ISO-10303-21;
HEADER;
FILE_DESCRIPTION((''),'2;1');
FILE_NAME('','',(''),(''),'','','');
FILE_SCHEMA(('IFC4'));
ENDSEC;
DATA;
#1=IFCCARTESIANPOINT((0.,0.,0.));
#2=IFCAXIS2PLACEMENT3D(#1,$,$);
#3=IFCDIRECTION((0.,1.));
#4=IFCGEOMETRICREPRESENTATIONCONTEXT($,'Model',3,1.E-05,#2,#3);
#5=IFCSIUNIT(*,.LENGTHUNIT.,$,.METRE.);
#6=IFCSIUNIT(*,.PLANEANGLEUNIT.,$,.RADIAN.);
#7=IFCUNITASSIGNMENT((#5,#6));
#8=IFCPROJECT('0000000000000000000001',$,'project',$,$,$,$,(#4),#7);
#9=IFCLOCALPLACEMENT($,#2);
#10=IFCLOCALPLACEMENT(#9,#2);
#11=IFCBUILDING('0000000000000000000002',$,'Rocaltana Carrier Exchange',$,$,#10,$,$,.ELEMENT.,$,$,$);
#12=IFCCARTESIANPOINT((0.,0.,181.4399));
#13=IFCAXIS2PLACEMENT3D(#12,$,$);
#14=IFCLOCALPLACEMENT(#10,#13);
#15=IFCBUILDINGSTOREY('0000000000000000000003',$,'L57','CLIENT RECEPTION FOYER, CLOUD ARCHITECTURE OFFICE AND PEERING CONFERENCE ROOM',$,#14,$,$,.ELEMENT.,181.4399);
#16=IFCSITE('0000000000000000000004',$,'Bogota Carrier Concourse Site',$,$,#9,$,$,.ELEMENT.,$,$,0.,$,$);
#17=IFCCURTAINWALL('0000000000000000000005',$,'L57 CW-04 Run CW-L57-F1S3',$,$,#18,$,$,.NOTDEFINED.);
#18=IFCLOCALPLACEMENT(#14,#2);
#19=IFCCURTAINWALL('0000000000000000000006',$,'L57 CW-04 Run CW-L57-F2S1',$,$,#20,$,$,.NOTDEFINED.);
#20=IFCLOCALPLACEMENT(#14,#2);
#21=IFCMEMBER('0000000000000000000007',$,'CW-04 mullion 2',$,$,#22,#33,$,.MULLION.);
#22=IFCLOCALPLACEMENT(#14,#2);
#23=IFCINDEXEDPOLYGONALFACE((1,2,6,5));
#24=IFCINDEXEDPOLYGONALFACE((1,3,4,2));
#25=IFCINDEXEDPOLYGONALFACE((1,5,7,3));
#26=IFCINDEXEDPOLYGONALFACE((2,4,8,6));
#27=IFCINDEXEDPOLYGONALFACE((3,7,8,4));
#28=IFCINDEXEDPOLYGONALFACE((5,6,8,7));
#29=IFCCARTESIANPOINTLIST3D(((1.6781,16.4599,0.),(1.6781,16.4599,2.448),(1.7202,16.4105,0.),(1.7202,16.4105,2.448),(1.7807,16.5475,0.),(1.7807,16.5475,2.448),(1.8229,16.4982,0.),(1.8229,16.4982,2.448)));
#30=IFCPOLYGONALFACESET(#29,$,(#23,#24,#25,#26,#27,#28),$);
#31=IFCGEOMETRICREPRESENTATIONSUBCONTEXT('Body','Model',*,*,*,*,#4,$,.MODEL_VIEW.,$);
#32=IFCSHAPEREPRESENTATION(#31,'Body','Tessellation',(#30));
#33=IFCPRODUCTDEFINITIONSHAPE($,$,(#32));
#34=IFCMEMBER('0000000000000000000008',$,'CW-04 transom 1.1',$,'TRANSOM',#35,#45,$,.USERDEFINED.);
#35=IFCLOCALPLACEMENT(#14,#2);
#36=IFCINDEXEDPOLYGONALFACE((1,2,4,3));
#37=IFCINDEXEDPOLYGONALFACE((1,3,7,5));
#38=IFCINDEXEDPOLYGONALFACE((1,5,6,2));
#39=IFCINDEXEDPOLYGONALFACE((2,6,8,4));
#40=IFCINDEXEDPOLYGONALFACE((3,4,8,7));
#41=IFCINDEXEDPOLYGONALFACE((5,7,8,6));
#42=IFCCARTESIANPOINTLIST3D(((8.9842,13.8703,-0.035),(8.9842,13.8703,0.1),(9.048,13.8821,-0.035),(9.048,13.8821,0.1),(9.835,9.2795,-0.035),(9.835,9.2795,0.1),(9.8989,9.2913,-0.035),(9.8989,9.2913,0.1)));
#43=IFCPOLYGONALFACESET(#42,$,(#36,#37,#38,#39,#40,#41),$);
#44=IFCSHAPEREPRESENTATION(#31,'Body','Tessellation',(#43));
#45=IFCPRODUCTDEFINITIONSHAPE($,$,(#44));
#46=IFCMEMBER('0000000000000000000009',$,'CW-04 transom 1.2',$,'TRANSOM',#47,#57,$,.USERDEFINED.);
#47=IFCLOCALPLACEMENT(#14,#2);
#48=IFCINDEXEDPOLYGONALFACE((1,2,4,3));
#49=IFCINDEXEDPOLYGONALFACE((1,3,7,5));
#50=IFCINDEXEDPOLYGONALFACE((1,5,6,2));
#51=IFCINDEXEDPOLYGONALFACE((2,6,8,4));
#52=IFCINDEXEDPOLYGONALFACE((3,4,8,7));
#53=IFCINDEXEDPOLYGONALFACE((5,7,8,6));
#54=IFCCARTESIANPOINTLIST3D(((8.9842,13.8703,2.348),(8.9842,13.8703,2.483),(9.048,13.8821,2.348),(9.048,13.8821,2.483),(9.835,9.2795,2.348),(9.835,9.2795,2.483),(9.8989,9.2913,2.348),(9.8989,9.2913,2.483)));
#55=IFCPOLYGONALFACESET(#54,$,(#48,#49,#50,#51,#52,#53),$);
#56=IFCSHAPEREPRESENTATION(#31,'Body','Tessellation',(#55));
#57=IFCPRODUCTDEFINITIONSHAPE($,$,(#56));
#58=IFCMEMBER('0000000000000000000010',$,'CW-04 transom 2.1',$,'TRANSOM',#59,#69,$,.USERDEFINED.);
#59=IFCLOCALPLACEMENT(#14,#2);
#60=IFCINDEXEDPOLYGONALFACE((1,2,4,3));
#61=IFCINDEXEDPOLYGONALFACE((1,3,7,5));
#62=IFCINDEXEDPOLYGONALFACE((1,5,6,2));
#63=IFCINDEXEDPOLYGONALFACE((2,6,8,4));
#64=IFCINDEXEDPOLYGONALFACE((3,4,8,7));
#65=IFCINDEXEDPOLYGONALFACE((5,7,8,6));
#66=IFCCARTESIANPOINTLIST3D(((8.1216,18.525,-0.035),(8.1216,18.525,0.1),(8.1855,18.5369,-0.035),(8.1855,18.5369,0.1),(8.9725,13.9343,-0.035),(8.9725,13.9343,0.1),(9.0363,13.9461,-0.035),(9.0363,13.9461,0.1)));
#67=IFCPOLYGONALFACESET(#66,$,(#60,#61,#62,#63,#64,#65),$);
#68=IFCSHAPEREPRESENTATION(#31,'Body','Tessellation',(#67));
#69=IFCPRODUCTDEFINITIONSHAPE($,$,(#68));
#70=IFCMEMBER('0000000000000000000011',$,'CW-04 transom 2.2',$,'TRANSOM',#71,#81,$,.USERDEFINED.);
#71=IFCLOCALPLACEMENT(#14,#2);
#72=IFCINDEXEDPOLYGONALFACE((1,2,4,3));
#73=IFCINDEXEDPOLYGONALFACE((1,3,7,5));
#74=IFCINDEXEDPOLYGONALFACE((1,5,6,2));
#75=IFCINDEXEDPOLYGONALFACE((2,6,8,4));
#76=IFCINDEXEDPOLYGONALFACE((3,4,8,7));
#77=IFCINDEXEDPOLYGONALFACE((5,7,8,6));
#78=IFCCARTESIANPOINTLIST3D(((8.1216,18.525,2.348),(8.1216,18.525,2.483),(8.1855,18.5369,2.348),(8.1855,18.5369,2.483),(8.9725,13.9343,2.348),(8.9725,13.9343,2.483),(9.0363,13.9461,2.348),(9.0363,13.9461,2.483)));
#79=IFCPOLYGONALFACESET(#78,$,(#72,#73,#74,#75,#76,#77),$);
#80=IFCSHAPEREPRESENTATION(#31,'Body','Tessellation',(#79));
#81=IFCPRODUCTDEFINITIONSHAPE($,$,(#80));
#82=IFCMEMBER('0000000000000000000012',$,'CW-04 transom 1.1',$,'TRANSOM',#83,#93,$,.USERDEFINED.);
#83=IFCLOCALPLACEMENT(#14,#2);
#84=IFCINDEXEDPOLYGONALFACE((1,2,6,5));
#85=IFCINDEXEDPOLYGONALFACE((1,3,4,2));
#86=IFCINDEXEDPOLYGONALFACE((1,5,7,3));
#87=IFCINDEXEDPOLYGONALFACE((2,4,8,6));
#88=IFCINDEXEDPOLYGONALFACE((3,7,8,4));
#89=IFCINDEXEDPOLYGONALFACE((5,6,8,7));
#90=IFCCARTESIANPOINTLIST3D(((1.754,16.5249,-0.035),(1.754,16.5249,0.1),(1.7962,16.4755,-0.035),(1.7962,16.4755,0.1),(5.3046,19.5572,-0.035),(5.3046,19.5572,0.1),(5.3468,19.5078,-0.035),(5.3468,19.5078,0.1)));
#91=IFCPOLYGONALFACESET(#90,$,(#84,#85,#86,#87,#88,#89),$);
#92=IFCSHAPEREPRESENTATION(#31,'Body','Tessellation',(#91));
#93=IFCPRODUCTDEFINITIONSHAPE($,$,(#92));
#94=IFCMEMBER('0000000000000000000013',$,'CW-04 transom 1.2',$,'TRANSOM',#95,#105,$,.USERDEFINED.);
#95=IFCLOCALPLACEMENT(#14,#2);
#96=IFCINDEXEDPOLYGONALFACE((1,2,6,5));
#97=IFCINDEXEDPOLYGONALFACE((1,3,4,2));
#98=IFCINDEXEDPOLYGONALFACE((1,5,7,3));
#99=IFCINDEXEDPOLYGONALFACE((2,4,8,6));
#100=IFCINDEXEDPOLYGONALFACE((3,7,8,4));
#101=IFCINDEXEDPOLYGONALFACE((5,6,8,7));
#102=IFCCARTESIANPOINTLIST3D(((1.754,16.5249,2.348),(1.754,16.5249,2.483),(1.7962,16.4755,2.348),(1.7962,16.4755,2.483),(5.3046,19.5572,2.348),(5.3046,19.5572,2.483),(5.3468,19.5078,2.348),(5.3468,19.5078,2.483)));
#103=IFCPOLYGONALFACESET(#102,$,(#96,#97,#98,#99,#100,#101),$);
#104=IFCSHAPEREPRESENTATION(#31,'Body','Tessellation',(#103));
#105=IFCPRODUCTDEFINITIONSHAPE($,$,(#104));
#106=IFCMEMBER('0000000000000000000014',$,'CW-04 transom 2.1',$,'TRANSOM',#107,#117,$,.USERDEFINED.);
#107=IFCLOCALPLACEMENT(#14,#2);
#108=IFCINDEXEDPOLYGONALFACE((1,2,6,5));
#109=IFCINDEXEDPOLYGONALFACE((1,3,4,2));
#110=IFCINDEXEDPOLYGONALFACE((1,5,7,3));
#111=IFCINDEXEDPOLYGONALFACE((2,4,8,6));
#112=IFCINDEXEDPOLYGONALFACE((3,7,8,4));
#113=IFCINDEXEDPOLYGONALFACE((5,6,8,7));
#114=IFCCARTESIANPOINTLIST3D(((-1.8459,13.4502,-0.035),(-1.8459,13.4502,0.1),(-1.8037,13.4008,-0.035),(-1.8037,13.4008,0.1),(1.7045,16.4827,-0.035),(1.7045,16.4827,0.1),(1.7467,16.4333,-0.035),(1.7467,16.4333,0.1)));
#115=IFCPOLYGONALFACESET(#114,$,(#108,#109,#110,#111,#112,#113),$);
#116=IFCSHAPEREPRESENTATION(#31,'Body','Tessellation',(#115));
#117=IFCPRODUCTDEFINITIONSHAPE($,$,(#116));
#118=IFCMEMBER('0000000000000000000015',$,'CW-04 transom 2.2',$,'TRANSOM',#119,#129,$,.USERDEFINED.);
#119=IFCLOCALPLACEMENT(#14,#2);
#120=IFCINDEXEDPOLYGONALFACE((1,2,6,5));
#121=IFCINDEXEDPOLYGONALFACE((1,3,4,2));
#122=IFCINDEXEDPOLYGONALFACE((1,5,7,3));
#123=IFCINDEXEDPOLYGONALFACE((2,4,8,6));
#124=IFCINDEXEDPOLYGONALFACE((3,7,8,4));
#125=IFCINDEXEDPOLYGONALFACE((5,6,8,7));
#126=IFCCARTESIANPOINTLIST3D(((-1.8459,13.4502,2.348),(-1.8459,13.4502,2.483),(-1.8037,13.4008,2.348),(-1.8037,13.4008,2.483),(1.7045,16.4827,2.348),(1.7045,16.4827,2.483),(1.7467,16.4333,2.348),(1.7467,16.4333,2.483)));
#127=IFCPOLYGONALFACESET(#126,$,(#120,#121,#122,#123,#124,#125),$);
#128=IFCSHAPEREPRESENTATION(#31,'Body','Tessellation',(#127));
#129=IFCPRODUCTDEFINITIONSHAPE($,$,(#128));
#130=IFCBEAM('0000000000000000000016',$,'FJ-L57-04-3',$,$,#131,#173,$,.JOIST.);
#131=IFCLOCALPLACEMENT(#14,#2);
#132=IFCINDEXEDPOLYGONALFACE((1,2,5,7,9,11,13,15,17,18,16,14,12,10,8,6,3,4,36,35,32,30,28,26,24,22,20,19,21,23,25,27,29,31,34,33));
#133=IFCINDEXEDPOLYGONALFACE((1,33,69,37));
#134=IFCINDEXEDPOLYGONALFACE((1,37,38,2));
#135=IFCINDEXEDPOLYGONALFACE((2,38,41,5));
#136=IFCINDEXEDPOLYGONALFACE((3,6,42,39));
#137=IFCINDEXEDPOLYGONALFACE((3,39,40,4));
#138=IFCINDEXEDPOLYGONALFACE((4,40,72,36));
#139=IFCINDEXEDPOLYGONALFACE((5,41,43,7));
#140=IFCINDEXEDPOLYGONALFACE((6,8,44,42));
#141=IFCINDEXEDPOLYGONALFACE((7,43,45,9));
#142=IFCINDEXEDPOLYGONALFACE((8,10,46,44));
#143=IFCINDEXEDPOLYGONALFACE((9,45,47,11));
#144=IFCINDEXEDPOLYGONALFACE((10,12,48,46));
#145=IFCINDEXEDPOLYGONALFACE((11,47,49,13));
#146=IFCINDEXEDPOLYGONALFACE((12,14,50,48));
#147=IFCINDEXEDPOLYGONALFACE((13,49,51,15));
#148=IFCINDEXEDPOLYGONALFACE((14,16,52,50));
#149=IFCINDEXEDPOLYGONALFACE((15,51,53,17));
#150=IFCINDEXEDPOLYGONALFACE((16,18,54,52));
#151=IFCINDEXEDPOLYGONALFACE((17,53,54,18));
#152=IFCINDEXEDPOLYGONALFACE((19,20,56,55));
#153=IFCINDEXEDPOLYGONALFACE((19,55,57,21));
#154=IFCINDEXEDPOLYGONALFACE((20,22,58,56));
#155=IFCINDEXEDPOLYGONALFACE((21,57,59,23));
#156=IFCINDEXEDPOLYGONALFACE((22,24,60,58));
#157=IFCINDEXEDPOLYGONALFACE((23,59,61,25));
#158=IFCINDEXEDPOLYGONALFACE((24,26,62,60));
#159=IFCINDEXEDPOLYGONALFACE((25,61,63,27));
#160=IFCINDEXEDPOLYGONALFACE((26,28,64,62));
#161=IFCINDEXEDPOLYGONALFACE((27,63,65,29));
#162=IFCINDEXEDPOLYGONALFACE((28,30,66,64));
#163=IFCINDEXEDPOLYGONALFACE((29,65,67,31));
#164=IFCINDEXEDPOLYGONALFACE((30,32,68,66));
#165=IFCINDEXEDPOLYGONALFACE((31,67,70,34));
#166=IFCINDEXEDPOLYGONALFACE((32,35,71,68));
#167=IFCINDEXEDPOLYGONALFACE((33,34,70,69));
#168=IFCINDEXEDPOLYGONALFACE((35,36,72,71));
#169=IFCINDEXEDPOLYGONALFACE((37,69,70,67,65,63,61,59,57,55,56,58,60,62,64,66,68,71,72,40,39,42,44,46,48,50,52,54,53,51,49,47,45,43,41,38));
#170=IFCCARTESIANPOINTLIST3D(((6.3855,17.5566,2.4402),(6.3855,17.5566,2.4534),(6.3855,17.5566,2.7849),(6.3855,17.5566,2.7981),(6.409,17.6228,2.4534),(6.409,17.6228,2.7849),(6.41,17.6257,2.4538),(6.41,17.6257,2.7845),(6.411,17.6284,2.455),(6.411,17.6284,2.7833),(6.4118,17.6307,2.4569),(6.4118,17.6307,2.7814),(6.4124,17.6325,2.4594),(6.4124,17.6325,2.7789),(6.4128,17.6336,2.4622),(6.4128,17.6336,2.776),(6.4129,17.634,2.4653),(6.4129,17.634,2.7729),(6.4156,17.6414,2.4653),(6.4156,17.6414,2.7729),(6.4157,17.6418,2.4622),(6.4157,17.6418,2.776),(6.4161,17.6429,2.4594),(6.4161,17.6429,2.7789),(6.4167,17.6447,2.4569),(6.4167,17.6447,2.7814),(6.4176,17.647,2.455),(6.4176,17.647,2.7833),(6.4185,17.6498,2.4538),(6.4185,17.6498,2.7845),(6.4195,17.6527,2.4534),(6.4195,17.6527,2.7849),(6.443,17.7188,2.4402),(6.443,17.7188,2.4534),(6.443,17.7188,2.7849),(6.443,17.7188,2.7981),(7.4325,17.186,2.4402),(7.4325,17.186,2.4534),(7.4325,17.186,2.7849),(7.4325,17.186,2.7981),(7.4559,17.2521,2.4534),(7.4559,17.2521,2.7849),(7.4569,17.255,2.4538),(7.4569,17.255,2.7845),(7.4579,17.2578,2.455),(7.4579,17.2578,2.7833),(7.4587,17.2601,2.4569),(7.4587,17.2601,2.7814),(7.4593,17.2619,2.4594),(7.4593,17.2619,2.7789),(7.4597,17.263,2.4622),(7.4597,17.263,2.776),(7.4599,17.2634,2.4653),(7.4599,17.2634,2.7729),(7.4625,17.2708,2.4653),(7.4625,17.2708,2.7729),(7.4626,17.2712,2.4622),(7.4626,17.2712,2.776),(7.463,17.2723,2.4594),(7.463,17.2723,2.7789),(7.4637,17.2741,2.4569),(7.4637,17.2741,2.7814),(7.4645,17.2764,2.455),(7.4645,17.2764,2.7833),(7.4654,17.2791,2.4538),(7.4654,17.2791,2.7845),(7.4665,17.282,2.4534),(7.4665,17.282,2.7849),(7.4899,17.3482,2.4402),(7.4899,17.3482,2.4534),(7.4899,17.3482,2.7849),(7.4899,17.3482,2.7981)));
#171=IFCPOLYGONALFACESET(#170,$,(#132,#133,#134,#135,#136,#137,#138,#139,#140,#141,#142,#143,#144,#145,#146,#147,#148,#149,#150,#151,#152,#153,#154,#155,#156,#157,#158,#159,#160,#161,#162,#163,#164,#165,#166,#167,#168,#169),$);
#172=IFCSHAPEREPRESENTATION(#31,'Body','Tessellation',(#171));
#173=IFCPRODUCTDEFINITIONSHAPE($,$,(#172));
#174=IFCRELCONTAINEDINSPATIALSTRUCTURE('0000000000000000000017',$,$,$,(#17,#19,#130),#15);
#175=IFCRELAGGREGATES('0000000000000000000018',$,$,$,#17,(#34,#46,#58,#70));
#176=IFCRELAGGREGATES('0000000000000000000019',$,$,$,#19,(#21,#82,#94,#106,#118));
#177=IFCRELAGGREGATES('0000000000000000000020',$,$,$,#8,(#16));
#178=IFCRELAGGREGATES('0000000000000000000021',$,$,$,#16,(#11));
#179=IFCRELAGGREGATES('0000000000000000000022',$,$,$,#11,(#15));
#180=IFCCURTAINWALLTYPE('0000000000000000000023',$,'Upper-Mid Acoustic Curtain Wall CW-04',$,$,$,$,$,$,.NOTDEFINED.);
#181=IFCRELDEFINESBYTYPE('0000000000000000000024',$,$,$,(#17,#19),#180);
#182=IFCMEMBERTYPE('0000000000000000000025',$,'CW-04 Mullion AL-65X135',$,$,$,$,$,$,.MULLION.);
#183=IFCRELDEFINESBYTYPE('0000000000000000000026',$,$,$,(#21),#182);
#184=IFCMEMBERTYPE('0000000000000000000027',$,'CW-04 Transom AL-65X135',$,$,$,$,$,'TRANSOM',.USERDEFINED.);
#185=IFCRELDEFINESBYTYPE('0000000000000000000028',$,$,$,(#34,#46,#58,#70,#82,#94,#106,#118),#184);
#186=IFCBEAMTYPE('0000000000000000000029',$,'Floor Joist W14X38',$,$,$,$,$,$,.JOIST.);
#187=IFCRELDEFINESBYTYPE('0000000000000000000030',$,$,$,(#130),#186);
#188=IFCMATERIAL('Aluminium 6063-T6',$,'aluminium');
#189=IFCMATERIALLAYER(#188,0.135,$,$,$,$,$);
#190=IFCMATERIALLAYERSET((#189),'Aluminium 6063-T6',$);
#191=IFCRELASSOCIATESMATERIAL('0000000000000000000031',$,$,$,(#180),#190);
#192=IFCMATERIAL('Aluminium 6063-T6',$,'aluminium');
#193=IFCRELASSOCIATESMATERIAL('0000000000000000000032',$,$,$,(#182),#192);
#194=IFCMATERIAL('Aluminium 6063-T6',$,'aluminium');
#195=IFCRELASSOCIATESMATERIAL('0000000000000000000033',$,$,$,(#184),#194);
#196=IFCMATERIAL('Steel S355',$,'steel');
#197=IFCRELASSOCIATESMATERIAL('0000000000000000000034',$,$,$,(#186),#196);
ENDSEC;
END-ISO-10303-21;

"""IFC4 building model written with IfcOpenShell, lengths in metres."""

from ifc_helpers import new_model, si_unit, direction, frame, origin, origin_2d, place, context, subcontext, project, spatial, rectangle, i_section, extrude, material, layer, layer_set, material_profile, profile_set, type_object, element, aggregate, save


model = new_model("IFC4")

# Units and contexts
model_context = context("Model", 3, precision=1e-05, world=origin(), true_north=direction((0.0, 1.0)))
body_context = subcontext(model_context, "Body", "Model", "MODEL_VIEW")
ifc_project = project(units=[si_unit("LENGTHUNIT", "METRE"), si_unit("PLANEANGLEUNIT", "RADIAN")], contexts=[model_context])

# Site, building, storey
site_placement = place(None, origin())
site = spatial("IfcSite", under=ifc_project, at=site_placement, Name="Bogota Carrier Concourse Site", CompositionType="ELEMENT", RefElevation=0.0)
building_placement = place(site_placement, origin())
building = spatial("IfcBuilding", under=site, at=building_placement, Name="Rocaltana Carrier Exchange", CompositionType="ELEMENT")
storey_placement = place(building_placement, frame((0.0, 0.0, 181.4399)))
storey = spatial("IfcBuildingStorey", under=building, at=storey_placement, Name="L57", Description="CLIENT RECEPTION FOYER, CLOUD ARCHITECTURE OFFICE AND PEERING CONFERENCE ROOM", CompositionType="ELEMENT", Elevation=181.4399)

# Curtain walls, member
ifc_material_1 = material(Name="Aluminium 6063-T6", Category="aluminium")
ifc_layer_1 = layer(ifc_material_1, 0.135)
ifc_layer_set_1 = layer_set([ifc_layer_1], Name="Aluminium 6063-T6")
curtain_wall_type = type_object("IfcCurtainWallType", Name="Upper-Mid Acoustic Curtain Wall CW-04", PredefinedType="NOTDEFINED", material=ifc_layer_set_1)
curtain_wall_1_placement = place(storey_placement, origin())
curtain_wall_1 = element("IfcCurtainWall", 1, at=curtain_wall_1_placement, inside=storey, type_object=curtain_wall_type, Name="L57 CW-04 Run CW-L57-F1S3", PredefinedType="NOTDEFINED")
ifc_material_2 = material(Name="Aluminium 6063-T6", Category="aluminium")
ifc_material_profile_1 = material_profile(ifc_material_2, rectangle(XDim=0.0649, YDim=0.135, at=origin_2d()), Name="AL-65X135")
ifc_profile_set_1 = profile_set([ifc_material_profile_1], Name="Aluminium 6063-T6")
member_type_1 = type_object("IfcMemberType", Name="CW-04 Mullion AL-65X135", PredefinedType="MULLION", material=ifc_profile_set_1)
curtain_wall_2_placement = place(storey_placement, origin())
curtain_wall_2 = element("IfcCurtainWall", 2, at=curtain_wall_2_placement, inside=storey, type_object=curtain_wall_type, Name="L57 CW-04 Run CW-L57-F2S1", PredefinedType="NOTDEFINED")
member_1_placement = place(storey_placement, frame((1.7505, 16.479, 0.0), z_axis=(0.0, 0.0, 1.0), x_axis=(0.649448, -0.760406, 0.0)))
member_1 = element("IfcMember", 3, at=member_1_placement, type_object=member_type_1, Name="CW-04 mullion 2", PredefinedType="MULLION", context=body_context, shape_type="SweptSolid", body=[
    extrude(rectangle(XDim=0.0649, YDim=0.135, at=origin_2d()), origin(), (0.0, 0.0, 1.0), 2.448),
])

# Members
ifc_material_3 = material(Name="Aluminium 6063-T6", Category="aluminium")
ifc_material_profile_2 = material_profile(ifc_material_3, rectangle(XDim=0.0649, YDim=0.135, at=origin_2d()), Name="AL-65X135")
ifc_profile_set_2 = profile_set([ifc_material_profile_2], Name="Aluminium 6063-T6")
member_type_2 = type_object("IfcMemberType", Name="CW-04 Transom AL-65X135", ElementType="TRANSOM", PredefinedType="USERDEFINED", material=ifc_profile_set_2)
member_2_placement = place(storey_placement, frame((9.8669, 9.2854, 0.0325), z_axis=(-0.18223, 0.983256, 0.0), x_axis=(-0.983256, -0.18223, 0.0)))
member_2 = element("IfcMember", 4, at=member_2_placement, type_object=member_type_2, Name="CW-04 transom 1.1", ObjectType="TRANSOM", PredefinedType="USERDEFINED", context=body_context, shape_type="SweptSolid", body=[
    extrude(rectangle(XDim=0.0649, YDim=0.135, at=origin_2d()), origin(), (0.0, 0.0, 1.0), 4.6689),
])
member_3_placement = place(storey_placement, frame((9.8669, 9.2854, 2.4155), z_axis=(-0.18223, 0.983256, 0.0), x_axis=(-0.983256, -0.18223, 0.0)))
member_3 = element("IfcMember", 5, at=member_3_placement, type_object=member_type_2, Name="CW-04 transom 1.2", ObjectType="TRANSOM", PredefinedType="USERDEFINED", context=body_context, shape_type="SweptSolid", body=[
    extrude(rectangle(XDim=0.0649, YDim=0.135, at=origin_2d()), origin(), (0.0, 0.0, 1.0), 4.6689),
])
member_4_placement = place(storey_placement, frame((9.0044, 13.9402, 0.0325), z_axis=(-0.18223, 0.983256, 0.0), x_axis=(-0.983256, -0.18223, 0.0)))
member_4 = element("IfcMember", 6, at=member_4_placement, type_object=member_type_2, Name="CW-04 transom 2.1", ObjectType="TRANSOM", PredefinedType="USERDEFINED", context=body_context, shape_type="SweptSolid", body=[
    extrude(rectangle(XDim=0.0649, YDim=0.135, at=origin_2d()), origin(), (0.0, 0.0, 1.0), 4.6689),
])
member_5_placement = place(storey_placement, frame((9.0044, 13.9402, 2.4155), z_axis=(-0.18223, 0.983256, 0.0), x_axis=(-0.983256, -0.18223, 0.0)))
member_5 = element("IfcMember", 7, at=member_5_placement, type_object=member_type_2, Name="CW-04 transom 2.2", ObjectType="TRANSOM", PredefinedType="USERDEFINED", context=body_context, shape_type="SweptSolid", body=[
    extrude(rectangle(XDim=0.0649, YDim=0.135, at=origin_2d()), origin(), (0.0, 0.0, 1.0), 4.6689),
])
member_6_placement = place(storey_placement, frame((5.3257, 19.5325, 0.0325), z_axis=(-0.760429, -0.649421, 0.0), x_axis=(0.649421, -0.760429, 0.0)))
member_6 = element("IfcMember", 8, at=member_6_placement, type_object=member_type_2, Name="CW-04 transom 1.1", ObjectType="TRANSOM", PredefinedType="USERDEFINED", context=body_context, shape_type="SweptSolid", body=[
    extrude(rectangle(XDim=0.0649, YDim=0.135, at=origin_2d()), origin(), (0.0, 0.0, 1.0), 4.6692),
])
member_7_placement = place(storey_placement, frame((5.3257, 19.5325, 2.4155), z_axis=(-0.760429, -0.649421, 0.0), x_axis=(0.649421, -0.760429, 0.0)))
member_7 = element("IfcMember", 9, at=member_7_placement, type_object=member_type_2, Name="CW-04 transom 1.2", ObjectType="TRANSOM", PredefinedType="USERDEFINED", context=body_context, shape_type="SweptSolid", body=[
    extrude(rectangle(XDim=0.0649, YDim=0.135, at=origin_2d()), origin(), (0.0, 0.0, 1.0), 4.6692),
])
member_8_placement = place(storey_placement, frame((1.7256, 16.458, 0.0325), z_axis=(-0.760381, -0.649477, 0.0), x_axis=(0.649477, -0.760381, 0.0)))
member_8 = element("IfcMember", 10, at=member_8_placement, type_object=member_type_2, Name="CW-04 transom 2.1", ObjectType="TRANSOM", PredefinedType="USERDEFINED", context=body_context, shape_type="SweptSolid", body=[
    extrude(rectangle(XDim=0.0649, YDim=0.135, at=origin_2d()), origin(), (0.0, 0.0, 1.0), 4.6692),
])
member_9_placement = place(storey_placement, frame((1.7256, 16.458, 2.4155), z_axis=(-0.760381, -0.649477, 0.0), x_axis=(0.649477, -0.760381, 0.0)))
member_9 = element("IfcMember", 11, at=member_9_placement, type_object=member_type_2, Name="CW-04 transom 2.2", ObjectType="TRANSOM", PredefinedType="USERDEFINED", context=body_context, shape_type="SweptSolid", body=[
    extrude(rectangle(XDim=0.0649, YDim=0.135, at=origin_2d()), origin(), (0.0, 0.0, 1.0), 4.6692),
])

# Beam
ifc_material_4 = material(Name="Steel S355", Category="steel")
ifc_material_profile_3 = material_profile(ifc_material_4, i_section(OverallWidth=0.1721, OverallDepth=0.3579, WebThickness=0.0078, FlangeThickness=0.0132, FilletRadius=0.012, at=origin_2d()), Name="W14X38")
ifc_profile_set_3 = profile_set([ifc_material_profile_3], Name="Steel S355")
beam_type_1 = type_object("IfcBeamType", Name="Floor Joist W14X38", PredefinedType="JOIST", material=ifc_profile_set_3)
beam_1_placement = place(storey_placement, frame((7.4612, 17.2671, 2.6191), z_axis=(-0.942673, 0.333717, 0.0), x_axis=(-0.333717, -0.942673, 0.0)))
element("IfcBeam", 12, at=beam_1_placement, inside=storey, type_object=beam_type_1, Name="FJ-L57-04-3", PredefinedType="JOIST", context=body_context, shape_type="SweptSolid", body=[
    extrude(i_section(OverallWidth=0.1721, OverallDepth=0.3579, WebThickness=0.0078, FlangeThickness=0.0132, FilletRadius=0.012, at=origin_2d()), origin(), (0.0, 0.0, 1.0), 1.1106),
])

aggregate(curtain_wall_1, [member_2, member_3, member_4, member_5])
aggregate(curtain_wall_2, [member_1, member_6, member_7, member_8, member_9])

save(model, "model.ifc")
